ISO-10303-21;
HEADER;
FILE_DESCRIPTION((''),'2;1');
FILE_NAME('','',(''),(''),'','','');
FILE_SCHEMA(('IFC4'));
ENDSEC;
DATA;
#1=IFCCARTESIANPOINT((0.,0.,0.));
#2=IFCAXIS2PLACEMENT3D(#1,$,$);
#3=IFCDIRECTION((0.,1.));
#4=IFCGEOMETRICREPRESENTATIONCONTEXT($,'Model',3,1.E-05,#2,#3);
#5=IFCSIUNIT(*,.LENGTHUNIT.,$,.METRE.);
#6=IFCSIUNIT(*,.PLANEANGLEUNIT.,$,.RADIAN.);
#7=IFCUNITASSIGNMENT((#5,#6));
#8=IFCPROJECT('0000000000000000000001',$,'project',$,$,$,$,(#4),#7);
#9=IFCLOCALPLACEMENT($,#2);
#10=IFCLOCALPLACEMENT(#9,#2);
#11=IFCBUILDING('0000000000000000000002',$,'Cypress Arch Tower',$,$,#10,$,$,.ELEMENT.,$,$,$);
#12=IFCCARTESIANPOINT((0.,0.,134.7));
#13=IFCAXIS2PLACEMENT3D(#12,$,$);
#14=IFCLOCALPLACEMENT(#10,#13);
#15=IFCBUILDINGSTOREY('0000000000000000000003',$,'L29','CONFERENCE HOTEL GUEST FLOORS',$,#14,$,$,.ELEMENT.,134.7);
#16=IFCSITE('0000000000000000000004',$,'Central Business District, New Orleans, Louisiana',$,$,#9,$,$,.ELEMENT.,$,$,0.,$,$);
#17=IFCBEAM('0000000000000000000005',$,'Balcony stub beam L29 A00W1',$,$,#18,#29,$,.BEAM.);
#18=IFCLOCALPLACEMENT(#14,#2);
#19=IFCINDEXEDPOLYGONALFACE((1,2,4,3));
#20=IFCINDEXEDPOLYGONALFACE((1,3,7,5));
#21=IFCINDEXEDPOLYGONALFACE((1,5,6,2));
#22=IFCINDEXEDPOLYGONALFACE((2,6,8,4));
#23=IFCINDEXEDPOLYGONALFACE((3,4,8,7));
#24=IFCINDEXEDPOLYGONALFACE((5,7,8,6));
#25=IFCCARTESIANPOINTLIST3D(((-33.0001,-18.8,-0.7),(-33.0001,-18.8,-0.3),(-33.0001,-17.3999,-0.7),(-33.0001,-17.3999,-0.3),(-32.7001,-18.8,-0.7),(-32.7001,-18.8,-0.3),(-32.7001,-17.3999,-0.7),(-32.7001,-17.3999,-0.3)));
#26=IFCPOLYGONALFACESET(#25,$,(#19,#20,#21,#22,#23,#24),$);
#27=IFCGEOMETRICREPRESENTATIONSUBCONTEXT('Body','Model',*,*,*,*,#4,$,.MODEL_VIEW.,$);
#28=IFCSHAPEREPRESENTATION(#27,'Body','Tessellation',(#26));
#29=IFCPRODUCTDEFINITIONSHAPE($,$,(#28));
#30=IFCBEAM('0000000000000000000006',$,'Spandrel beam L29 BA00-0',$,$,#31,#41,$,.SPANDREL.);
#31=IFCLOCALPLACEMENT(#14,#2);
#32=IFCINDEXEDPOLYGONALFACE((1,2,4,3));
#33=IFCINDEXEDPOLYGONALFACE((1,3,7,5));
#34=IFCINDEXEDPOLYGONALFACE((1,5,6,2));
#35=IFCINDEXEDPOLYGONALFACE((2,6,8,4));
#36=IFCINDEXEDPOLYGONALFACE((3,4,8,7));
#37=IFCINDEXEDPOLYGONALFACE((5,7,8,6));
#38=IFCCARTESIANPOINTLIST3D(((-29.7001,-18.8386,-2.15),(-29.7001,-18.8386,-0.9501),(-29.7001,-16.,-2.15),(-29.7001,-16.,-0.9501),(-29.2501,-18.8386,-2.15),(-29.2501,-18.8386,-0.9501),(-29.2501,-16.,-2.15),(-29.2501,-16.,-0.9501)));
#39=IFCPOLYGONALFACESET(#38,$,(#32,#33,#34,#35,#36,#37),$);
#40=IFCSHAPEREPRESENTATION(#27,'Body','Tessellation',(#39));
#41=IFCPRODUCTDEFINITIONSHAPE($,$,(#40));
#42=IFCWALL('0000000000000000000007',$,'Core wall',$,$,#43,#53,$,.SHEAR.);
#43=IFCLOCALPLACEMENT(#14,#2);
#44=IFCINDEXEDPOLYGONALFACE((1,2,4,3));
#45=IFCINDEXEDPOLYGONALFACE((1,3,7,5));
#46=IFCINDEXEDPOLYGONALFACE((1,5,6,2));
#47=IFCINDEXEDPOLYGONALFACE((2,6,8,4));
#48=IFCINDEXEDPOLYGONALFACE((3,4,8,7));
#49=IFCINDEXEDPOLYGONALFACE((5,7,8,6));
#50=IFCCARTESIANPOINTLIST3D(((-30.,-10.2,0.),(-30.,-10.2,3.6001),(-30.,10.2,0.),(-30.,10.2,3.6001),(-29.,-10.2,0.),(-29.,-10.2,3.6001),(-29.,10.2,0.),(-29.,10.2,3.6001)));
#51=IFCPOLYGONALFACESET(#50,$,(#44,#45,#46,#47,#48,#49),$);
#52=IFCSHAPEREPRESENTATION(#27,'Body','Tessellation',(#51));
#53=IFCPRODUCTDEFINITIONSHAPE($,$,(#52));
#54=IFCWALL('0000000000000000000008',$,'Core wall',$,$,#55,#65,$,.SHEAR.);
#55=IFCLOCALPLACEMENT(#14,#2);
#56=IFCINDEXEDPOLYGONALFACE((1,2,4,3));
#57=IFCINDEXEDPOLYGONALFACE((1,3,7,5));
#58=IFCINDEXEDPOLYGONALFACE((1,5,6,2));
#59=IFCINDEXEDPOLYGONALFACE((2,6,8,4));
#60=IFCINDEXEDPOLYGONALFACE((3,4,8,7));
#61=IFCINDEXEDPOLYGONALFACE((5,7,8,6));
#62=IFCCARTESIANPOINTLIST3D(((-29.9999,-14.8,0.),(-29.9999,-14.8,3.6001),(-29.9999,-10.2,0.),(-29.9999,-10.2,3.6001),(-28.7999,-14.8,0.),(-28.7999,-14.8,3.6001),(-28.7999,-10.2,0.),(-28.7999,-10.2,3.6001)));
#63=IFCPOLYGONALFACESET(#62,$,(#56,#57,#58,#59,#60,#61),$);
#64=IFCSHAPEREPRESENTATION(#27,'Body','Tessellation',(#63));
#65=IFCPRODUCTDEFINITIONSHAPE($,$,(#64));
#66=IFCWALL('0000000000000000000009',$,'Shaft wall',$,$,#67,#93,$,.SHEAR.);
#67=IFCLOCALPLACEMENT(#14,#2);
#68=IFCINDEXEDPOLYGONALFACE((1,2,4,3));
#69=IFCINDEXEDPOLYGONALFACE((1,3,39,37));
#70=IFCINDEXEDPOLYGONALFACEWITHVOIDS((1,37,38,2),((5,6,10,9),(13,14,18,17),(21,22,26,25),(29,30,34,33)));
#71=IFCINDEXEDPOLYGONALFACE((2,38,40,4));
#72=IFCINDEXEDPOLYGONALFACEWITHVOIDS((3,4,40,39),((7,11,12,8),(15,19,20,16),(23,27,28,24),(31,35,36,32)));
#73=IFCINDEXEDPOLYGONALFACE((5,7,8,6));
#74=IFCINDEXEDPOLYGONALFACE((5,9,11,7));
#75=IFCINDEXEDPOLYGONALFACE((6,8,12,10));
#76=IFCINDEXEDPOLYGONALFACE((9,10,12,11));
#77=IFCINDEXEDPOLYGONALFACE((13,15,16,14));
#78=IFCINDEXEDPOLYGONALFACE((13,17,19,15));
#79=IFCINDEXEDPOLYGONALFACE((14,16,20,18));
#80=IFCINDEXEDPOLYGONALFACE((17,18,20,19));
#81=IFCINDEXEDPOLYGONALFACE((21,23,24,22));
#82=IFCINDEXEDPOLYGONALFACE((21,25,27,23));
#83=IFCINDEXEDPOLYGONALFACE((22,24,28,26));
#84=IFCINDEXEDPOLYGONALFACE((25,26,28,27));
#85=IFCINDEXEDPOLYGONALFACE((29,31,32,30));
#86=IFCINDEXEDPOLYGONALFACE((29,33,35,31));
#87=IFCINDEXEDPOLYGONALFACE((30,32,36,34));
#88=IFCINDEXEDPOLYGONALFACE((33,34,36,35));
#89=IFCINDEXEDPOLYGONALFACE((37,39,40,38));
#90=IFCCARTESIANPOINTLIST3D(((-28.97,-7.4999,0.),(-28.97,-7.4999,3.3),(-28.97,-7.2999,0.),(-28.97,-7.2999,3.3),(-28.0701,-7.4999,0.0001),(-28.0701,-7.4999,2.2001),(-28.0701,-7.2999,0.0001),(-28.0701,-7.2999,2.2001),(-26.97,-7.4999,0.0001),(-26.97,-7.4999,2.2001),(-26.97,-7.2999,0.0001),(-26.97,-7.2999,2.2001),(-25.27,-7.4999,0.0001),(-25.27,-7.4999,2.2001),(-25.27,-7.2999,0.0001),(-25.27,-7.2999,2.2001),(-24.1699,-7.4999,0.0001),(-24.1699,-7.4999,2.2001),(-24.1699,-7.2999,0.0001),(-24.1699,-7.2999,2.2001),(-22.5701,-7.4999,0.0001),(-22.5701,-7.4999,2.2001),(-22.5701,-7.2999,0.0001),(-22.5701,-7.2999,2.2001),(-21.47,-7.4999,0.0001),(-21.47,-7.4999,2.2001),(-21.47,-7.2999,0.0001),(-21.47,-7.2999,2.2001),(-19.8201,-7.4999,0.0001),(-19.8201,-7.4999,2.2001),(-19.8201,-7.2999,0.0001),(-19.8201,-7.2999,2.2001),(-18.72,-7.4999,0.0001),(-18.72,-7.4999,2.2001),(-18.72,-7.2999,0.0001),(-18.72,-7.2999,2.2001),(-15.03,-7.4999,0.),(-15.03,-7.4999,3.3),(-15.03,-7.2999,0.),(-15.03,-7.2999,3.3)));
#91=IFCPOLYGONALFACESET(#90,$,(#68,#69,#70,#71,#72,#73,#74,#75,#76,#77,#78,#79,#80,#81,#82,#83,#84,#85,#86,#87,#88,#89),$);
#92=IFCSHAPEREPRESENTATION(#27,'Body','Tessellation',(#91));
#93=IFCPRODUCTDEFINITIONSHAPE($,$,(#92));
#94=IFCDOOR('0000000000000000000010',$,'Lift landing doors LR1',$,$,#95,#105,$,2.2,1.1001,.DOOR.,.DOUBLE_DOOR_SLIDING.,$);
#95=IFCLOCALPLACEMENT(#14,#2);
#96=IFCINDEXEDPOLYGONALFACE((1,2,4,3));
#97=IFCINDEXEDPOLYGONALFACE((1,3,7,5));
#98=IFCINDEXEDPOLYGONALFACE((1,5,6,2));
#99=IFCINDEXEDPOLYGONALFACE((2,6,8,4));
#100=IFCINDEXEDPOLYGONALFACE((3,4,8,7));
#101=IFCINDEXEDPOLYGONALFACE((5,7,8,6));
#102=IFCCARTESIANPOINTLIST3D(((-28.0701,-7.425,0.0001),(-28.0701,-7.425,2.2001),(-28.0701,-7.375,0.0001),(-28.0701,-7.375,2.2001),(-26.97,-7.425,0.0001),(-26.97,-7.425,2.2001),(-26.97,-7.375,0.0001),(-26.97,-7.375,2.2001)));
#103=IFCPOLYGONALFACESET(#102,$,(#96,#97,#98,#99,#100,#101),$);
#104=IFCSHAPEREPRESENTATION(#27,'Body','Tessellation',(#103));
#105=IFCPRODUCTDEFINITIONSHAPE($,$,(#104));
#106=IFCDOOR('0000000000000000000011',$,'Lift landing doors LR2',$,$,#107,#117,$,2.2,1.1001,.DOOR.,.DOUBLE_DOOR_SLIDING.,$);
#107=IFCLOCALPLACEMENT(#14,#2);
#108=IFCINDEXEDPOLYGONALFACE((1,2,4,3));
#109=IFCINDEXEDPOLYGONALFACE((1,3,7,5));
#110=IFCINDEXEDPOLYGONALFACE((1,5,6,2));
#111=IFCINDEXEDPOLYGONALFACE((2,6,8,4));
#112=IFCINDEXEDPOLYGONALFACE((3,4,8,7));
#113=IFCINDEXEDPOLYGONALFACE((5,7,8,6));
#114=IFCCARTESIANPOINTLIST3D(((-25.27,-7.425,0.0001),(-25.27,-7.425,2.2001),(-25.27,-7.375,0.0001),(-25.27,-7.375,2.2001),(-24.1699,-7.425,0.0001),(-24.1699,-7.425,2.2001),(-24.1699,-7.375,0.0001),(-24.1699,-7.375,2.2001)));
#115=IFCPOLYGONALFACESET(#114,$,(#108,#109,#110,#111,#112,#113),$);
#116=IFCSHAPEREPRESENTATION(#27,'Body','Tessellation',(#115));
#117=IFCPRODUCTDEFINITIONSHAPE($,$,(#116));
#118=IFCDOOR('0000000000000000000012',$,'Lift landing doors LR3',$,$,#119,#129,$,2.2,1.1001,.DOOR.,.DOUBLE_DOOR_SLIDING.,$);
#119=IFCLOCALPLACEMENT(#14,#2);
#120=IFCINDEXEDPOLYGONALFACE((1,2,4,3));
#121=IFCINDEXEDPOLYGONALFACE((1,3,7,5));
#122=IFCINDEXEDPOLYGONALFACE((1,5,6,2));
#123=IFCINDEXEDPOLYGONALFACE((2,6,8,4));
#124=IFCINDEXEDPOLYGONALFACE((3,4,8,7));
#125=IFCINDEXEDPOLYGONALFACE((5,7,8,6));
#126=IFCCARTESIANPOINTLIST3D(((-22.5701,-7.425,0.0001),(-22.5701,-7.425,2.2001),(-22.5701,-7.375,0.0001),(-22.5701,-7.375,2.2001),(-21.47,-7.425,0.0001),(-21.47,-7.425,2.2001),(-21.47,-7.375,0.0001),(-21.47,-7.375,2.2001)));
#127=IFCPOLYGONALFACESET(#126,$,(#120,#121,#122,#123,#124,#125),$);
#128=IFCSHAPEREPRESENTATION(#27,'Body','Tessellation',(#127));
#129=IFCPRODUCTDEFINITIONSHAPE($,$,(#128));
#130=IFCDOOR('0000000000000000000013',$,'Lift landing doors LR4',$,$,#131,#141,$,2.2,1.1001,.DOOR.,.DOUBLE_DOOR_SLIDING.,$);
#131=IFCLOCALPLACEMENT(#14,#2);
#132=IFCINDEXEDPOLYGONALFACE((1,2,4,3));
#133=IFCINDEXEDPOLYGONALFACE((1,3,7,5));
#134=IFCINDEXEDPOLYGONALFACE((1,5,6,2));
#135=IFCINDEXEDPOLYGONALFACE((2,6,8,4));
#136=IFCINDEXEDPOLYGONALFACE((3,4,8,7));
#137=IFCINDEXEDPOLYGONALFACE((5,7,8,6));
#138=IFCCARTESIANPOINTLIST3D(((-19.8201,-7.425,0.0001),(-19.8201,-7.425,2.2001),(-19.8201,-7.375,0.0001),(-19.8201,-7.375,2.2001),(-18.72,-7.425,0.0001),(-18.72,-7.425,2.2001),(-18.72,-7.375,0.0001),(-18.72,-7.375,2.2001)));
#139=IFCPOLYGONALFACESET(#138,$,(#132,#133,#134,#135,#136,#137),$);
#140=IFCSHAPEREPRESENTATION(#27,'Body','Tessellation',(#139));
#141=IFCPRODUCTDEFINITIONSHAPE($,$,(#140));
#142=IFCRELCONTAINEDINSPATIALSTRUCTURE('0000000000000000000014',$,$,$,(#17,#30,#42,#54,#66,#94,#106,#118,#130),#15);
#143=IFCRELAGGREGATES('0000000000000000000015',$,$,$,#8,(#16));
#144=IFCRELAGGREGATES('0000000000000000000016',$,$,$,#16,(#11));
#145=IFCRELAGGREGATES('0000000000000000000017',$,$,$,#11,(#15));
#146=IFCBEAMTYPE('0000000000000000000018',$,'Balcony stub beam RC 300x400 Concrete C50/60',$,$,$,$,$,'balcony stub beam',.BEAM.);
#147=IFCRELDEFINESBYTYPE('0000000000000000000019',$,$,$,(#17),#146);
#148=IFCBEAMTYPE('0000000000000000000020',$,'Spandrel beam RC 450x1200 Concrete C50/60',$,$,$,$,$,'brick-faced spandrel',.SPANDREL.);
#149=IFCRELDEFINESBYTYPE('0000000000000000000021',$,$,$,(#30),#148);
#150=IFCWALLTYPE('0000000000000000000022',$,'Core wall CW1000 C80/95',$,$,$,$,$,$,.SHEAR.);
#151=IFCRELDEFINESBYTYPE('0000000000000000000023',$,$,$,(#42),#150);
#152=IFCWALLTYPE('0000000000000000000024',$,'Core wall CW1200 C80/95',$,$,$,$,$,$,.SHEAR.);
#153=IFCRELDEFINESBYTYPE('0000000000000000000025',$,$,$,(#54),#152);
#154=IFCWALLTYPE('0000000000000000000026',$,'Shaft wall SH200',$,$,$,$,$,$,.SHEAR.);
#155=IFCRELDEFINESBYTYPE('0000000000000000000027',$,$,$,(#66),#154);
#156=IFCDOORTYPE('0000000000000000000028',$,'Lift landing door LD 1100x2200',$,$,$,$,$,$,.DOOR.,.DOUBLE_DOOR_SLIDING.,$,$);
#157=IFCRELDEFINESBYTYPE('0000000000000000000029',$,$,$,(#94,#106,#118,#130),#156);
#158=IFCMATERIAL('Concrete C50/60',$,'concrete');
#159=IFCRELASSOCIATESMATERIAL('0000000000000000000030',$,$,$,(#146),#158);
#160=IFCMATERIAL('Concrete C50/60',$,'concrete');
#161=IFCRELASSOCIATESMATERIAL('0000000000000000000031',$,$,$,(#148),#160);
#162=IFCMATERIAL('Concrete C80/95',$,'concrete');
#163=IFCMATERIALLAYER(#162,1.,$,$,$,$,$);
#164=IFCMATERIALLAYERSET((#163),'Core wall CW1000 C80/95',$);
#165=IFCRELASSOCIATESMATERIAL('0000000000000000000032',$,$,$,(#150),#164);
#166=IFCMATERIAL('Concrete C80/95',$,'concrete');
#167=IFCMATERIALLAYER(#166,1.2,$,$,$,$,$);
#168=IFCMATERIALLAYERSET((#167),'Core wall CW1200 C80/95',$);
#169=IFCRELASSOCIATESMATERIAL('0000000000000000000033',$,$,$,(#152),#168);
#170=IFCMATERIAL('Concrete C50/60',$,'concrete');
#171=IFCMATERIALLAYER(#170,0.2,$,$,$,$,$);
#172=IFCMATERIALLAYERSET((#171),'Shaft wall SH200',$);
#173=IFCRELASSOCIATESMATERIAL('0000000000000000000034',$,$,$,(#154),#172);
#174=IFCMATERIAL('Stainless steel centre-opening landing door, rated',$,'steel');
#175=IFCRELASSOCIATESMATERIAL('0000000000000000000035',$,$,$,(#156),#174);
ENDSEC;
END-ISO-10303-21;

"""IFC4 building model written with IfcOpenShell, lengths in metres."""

from ifc_helpers import new_model, si_unit, direction, frame, frame_2d, origin, origin_2d, place, context, subcontext, project, spatial, rectangle, extrude, material, layer, layer_set, material_profile, profile_set, type_object, element, fill, save


model = new_model("IFC4")

# Units and contexts
model_context = context("Model", 3, precision=1e-05, world=origin(), true_north=direction((0.0, 1.0)))
body_context = subcontext(model_context, "Body", "Model", "MODEL_VIEW")
ifc_project = project(units=[si_unit("LENGTHUNIT", "METRE"), si_unit("PLANEANGLEUNIT", "RADIAN")], contexts=[model_context])

# Site, building, storey
site_placement = place(None, origin())
site = spatial("IfcSite", under=ifc_project, at=site_placement, Name="Central Business District, New Orleans, Louisiana", CompositionType="ELEMENT", RefElevation=0.0)
building_placement = place(site_placement, origin())
building = spatial("IfcBuilding", under=site, at=building_placement, Name="Cypress Arch Tower", CompositionType="ELEMENT")
storey_placement = place(building_placement, frame((0.0, 0.0, 134.7)))
storey = spatial("IfcBuildingStorey", under=building, at=storey_placement, Name="L29", Description="CONFERENCE HOTEL GUEST FLOORS", CompositionType="ELEMENT", Elevation=134.7)

# Beams
ifc_material_1 = material(Name="Concrete C50/60", Category="concrete")
ifc_material_profile_1 = material_profile(ifc_material_1, rectangle(XDim=0.3, YDim=0.3999, at=origin_2d()), Name="RC 300x400")
ifc_profile_set_1 = profile_set([ifc_material_profile_1], Name="Concrete C50/60")
beam_type_1 = type_object("IfcBeamType", Name="Balcony stub beam RC 300x400 Concrete C50/60", ElementType="balcony stub beam", PredefinedType="BEAM", material=ifc_profile_set_1)
beam_1_placement = place(storey_placement, frame((-32.8501, -17.3999, -0.5), z_axis=(0.0, -1.0, 0.0), x_axis=(1.0, 0.0, 0.0)))
element("IfcBeam", 1, at=beam_1_placement, inside=storey, type_object=beam_type_1, Name="Balcony stub beam L29 A00W1", PredefinedType="BEAM", context=body_context, shape_type="SweptSolid", body=[
    extrude(rectangle(XDim=0.3, YDim=0.3999, at=origin_2d()), origin(), (0.0, 0.0, 1.0), 1.4001),
])
ifc_material_2 = material(Name="Concrete C50/60", Category="concrete")
ifc_material_profile_2 = material_profile(ifc_material_2, rectangle(XDim=0.45, YDim=1.2, at=origin_2d()), Name="RC 450x1200")
ifc_profile_set_2 = profile_set([ifc_material_profile_2], Name="Concrete C50/60")
beam_type_2 = type_object("IfcBeamType", Name="Spandrel beam RC 450x1200 Concrete C50/60", ElementType="brick-faced spandrel", PredefinedType="SPANDREL", material=ifc_profile_set_2)
beam_2_placement = place(storey_placement, frame((-29.4751, -16.0, -1.55), z_axis=(0.0, -1.0, 0.0), x_axis=(1.0, 0.0, 0.0)))
element("IfcBeam", 2, at=beam_2_placement, inside=storey, type_object=beam_type_2, Name="Spandrel beam L29 BA00-0", PredefinedType="SPANDREL", context=body_context, shape_type="SweptSolid", body=[
    extrude(rectangle(XDim=0.45, YDim=1.2, at=origin_2d()), origin(), (0.0, 0.0, 1.0), 2.8386),
])

# Wall
ifc_material_3 = material(Name="Concrete C80/95", Category="concrete")
ifc_layer_1 = layer(ifc_material_3, 1.0)
ifc_layer_set_1 = layer_set([ifc_layer_1], Name="Core wall CW1000 C80/95")
wall_type_1 = type_object("IfcWallType", Name="Core wall CW1000 C80/95", PredefinedType="SHEAR", material=ifc_layer_set_1)
wall_1_placement = place(storey_placement, frame((-29.5, -10.2, 0.0), z_axis=(0.0, 0.0, 1.0), x_axis=(0.0, 1.0, 0.0)))
element("IfcWall", 3, at=wall_1_placement, inside=storey, type_object=wall_type_1, Name="Core wall", PredefinedType="SHEAR", context=body_context, shape_type="SweptSolid", body=[
    extrude(rectangle(XDim=20.3999, YDim=1.0, at=frame_2d((10.2, 0.0))), origin(), (0.0, 0.0, 1.0), 3.6001),
])

# Shared definitions
ifc_material_4 = material(Name="Concrete C80/95", Category="concrete")
ifc_layer_2 = layer(ifc_material_4, 1.2)
ifc_layer_set_2 = layer_set([ifc_layer_2], Name="Core wall CW1200 C80/95")
wall_type_2 = type_object("IfcWallType", Name="Core wall CW1200 C80/95", PredefinedType="SHEAR", material=ifc_layer_set_2)

# Wall
wall_2_placement = place(storey_placement, frame((-29.3999, -14.8, 0.0), z_axis=(0.0, 0.0, 1.0), x_axis=(0.0, 1.0, 0.0)))
element("IfcWall", 4, at=wall_2_placement, inside=storey, type_object=wall_type_2, Name="Core wall", PredefinedType="SHEAR", context=body_context, shape_type="SweptSolid", body=[
    extrude(rectangle(XDim=4.6001, YDim=1.2, at=frame_2d((2.3, 0.0))), origin(), (0.0, 0.0, 1.0), 3.6001),
])

# Wall, openings, doors
ifc_material_5 = material(Name="Concrete C50/60", Category="concrete")
ifc_layer_3 = layer(ifc_material_5, 0.2)
ifc_layer_set_3 = layer_set([ifc_layer_3], Name="Shaft wall SH200")
wall_type_3 = type_object("IfcWallType", Name="Shaft wall SH200", PredefinedType="SHEAR", material=ifc_layer_set_3)
wall_3_placement = place(storey_placement, frame((-28.97, -7.3999, 0.0), z_axis=(0.0, 0.0, 1.0), x_axis=(1.0, 0.0, 0.0)))
wall_3 = element("IfcWall", 5, at=wall_3_placement, inside=storey, type_object=wall_type_3, Name="Shaft wall", PredefinedType="SHEAR", context=body_context, shape_type="SweptSolid", body=[
    extrude(rectangle(XDim=13.9399, YDim=0.2, at=frame_2d((6.97, 0.0))), origin(), (0.0, 0.0, 1.0), 3.3),
])
opening_1_placement = place(wall_3_placement, frame((0.8999, 0.0, 0.0)))
opening_1 = element("IfcOpeningElement", 6, at=opening_1_placement, cuts=wall_3, PredefinedType="OPENING", context=body_context, shape_type="SweptSolid", body=[
    extrude(rectangle(XDim=1.1001, YDim=2.2, at=frame_2d((0.55, 1.1001))), frame((0.0, 0.1099, 0.0), z_axis=(0.0, -1.0, 0.0), x_axis=(1.0, 0.0, 0.0)), (0.0, 0.0, 1.0), 0.22),
])
opening_2_placement = place(wall_3_placement, frame((3.7, 0.0, 0.0)))
opening_2 = element("IfcOpeningElement", 7, at=opening_2_placement, cuts=wall_3, PredefinedType="OPENING", context=body_context, shape_type="SweptSolid", body=[
    extrude(rectangle(XDim=1.1001, YDim=2.2, at=frame_2d((0.55, 1.1001))), frame((0.0, 0.1099, 0.0), z_axis=(0.0, -1.0, 0.0), x_axis=(1.0, 0.0, 0.0)), (0.0, 0.0, 1.0), 0.22),
])
opening_3_placement = place(wall_3_placement, frame((6.3999, 0.0, 0.0)))
opening_3 = element("IfcOpeningElement", 8, at=opening_3_placement, cuts=wall_3, PredefinedType="OPENING", context=body_context, shape_type="SweptSolid", body=[
    extrude(rectangle(XDim=1.1001, YDim=2.2, at=frame_2d((0.55, 1.1001))), frame((0.0, 0.1099, 0.0), z_axis=(0.0, -1.0, 0.0), x_axis=(1.0, 0.0, 0.0)), (0.0, 0.0, 1.0), 0.22),
])
opening_4_placement = place(wall_3_placement, frame((9.1499, 0.0, 0.0)))
opening_4 = element("IfcOpeningElement", 9, at=opening_4_placement, cuts=wall_3, PredefinedType="OPENING", context=body_context, shape_type="SweptSolid", body=[
    extrude(rectangle(XDim=1.1001, YDim=2.2, at=frame_2d((0.55, 1.1001))), frame((0.0, 0.1099, 0.0), z_axis=(0.0, -1.0, 0.0), x_axis=(1.0, 0.0, 0.0)), (0.0, 0.0, 1.0), 0.22),
])
ifc_material_6 = material(Name="Stainless steel centre-opening landing door, rated", Category="steel")
door_type_1 = type_object("IfcDoorType", Name="Lift landing door LD 1100x2200", OperationType="DOUBLE_DOOR_SLIDING", PredefinedType="DOOR", material=ifc_material_6)
door_1_placement = place(opening_1_placement, origin())
door_1 = element("IfcDoor", 10, at=door_1_placement, inside=storey, type_object=door_type_1, Name="Lift landing doors LR1", OperationType="DOUBLE_DOOR_SLIDING", OverallHeight=2.2, OverallWidth=1.1001, PredefinedType="DOOR", context=body_context, shape_type="SweptSolid", body=[
    extrude(rectangle(XDim=1.1001, YDim=2.2, at=frame_2d((0.55, 1.1001))), frame((0.0, 0.0249, 0.0), z_axis=(0.0, -1.0, 0.0), x_axis=(1.0, 0.0, 0.0)), (0.0, 0.0, 1.0), 0.05),
])
fill(opening_1, door_1)
door_2_placement = place(opening_2_placement, origin())
door_2 = element("IfcDoor", 11, at=door_2_placement, inside=storey, type_object=door_type_1, Name="Lift landing doors LR2", OperationType="DOUBLE_DOOR_SLIDING", OverallHeight=2.2, OverallWidth=1.1001, PredefinedType="DOOR", context=body_context, shape_type="SweptSolid", body=[
    extrude(rectangle(XDim=1.1001, YDim=2.2, at=frame_2d((0.55, 1.1001))), frame((0.0, 0.0249, 0.0), z_axis=(0.0, -1.0, 0.0), x_axis=(1.0, 0.0, 0.0)), (0.0, 0.0, 1.0), 0.05),
])
fill(opening_2, door_2)
door_3_placement = place(opening_3_placement, origin())
door_3 = element("IfcDoor", 12, at=door_3_placement, inside=storey, type_object=door_type_1, Name="Lift landing doors LR3", OperationType="DOUBLE_DOOR_SLIDING", OverallHeight=2.2, OverallWidth=1.1001, PredefinedType="DOOR", context=body_context, shape_type="SweptSolid", body=[
    extrude(rectangle(XDim=1.1001, YDim=2.2, at=frame_2d((0.55, 1.1001))), frame((0.0, 0.0249, 0.0), z_axis=(0.0, -1.0, 0.0), x_axis=(1.0, 0.0, 0.0)), (0.0, 0.0, 1.0), 0.05),
])
fill(opening_3, door_3)
door_4_placement = place(opening_4_placement, origin())
door_4 = element("IfcDoor", 13, at=door_4_placement, inside=storey, type_object=door_type_1, Name="Lift landing doors LR4", OperationType="DOUBLE_DOOR_SLIDING", OverallHeight=2.2, OverallWidth=1.1001, PredefinedType="DOOR", context=body_context, shape_type="SweptSolid", body=[
    extrude(rectangle(XDim=1.1001, YDim=2.2, at=frame_2d((0.55, 1.1001))), frame((0.0, 0.0249, 0.0), z_axis=(0.0, -1.0, 0.0), x_axis=(1.0, 0.0, 0.0)), (0.0, 0.0, 1.0), 0.05),
])
fill(opening_4, door_4)

save(model, "model.ifc")
